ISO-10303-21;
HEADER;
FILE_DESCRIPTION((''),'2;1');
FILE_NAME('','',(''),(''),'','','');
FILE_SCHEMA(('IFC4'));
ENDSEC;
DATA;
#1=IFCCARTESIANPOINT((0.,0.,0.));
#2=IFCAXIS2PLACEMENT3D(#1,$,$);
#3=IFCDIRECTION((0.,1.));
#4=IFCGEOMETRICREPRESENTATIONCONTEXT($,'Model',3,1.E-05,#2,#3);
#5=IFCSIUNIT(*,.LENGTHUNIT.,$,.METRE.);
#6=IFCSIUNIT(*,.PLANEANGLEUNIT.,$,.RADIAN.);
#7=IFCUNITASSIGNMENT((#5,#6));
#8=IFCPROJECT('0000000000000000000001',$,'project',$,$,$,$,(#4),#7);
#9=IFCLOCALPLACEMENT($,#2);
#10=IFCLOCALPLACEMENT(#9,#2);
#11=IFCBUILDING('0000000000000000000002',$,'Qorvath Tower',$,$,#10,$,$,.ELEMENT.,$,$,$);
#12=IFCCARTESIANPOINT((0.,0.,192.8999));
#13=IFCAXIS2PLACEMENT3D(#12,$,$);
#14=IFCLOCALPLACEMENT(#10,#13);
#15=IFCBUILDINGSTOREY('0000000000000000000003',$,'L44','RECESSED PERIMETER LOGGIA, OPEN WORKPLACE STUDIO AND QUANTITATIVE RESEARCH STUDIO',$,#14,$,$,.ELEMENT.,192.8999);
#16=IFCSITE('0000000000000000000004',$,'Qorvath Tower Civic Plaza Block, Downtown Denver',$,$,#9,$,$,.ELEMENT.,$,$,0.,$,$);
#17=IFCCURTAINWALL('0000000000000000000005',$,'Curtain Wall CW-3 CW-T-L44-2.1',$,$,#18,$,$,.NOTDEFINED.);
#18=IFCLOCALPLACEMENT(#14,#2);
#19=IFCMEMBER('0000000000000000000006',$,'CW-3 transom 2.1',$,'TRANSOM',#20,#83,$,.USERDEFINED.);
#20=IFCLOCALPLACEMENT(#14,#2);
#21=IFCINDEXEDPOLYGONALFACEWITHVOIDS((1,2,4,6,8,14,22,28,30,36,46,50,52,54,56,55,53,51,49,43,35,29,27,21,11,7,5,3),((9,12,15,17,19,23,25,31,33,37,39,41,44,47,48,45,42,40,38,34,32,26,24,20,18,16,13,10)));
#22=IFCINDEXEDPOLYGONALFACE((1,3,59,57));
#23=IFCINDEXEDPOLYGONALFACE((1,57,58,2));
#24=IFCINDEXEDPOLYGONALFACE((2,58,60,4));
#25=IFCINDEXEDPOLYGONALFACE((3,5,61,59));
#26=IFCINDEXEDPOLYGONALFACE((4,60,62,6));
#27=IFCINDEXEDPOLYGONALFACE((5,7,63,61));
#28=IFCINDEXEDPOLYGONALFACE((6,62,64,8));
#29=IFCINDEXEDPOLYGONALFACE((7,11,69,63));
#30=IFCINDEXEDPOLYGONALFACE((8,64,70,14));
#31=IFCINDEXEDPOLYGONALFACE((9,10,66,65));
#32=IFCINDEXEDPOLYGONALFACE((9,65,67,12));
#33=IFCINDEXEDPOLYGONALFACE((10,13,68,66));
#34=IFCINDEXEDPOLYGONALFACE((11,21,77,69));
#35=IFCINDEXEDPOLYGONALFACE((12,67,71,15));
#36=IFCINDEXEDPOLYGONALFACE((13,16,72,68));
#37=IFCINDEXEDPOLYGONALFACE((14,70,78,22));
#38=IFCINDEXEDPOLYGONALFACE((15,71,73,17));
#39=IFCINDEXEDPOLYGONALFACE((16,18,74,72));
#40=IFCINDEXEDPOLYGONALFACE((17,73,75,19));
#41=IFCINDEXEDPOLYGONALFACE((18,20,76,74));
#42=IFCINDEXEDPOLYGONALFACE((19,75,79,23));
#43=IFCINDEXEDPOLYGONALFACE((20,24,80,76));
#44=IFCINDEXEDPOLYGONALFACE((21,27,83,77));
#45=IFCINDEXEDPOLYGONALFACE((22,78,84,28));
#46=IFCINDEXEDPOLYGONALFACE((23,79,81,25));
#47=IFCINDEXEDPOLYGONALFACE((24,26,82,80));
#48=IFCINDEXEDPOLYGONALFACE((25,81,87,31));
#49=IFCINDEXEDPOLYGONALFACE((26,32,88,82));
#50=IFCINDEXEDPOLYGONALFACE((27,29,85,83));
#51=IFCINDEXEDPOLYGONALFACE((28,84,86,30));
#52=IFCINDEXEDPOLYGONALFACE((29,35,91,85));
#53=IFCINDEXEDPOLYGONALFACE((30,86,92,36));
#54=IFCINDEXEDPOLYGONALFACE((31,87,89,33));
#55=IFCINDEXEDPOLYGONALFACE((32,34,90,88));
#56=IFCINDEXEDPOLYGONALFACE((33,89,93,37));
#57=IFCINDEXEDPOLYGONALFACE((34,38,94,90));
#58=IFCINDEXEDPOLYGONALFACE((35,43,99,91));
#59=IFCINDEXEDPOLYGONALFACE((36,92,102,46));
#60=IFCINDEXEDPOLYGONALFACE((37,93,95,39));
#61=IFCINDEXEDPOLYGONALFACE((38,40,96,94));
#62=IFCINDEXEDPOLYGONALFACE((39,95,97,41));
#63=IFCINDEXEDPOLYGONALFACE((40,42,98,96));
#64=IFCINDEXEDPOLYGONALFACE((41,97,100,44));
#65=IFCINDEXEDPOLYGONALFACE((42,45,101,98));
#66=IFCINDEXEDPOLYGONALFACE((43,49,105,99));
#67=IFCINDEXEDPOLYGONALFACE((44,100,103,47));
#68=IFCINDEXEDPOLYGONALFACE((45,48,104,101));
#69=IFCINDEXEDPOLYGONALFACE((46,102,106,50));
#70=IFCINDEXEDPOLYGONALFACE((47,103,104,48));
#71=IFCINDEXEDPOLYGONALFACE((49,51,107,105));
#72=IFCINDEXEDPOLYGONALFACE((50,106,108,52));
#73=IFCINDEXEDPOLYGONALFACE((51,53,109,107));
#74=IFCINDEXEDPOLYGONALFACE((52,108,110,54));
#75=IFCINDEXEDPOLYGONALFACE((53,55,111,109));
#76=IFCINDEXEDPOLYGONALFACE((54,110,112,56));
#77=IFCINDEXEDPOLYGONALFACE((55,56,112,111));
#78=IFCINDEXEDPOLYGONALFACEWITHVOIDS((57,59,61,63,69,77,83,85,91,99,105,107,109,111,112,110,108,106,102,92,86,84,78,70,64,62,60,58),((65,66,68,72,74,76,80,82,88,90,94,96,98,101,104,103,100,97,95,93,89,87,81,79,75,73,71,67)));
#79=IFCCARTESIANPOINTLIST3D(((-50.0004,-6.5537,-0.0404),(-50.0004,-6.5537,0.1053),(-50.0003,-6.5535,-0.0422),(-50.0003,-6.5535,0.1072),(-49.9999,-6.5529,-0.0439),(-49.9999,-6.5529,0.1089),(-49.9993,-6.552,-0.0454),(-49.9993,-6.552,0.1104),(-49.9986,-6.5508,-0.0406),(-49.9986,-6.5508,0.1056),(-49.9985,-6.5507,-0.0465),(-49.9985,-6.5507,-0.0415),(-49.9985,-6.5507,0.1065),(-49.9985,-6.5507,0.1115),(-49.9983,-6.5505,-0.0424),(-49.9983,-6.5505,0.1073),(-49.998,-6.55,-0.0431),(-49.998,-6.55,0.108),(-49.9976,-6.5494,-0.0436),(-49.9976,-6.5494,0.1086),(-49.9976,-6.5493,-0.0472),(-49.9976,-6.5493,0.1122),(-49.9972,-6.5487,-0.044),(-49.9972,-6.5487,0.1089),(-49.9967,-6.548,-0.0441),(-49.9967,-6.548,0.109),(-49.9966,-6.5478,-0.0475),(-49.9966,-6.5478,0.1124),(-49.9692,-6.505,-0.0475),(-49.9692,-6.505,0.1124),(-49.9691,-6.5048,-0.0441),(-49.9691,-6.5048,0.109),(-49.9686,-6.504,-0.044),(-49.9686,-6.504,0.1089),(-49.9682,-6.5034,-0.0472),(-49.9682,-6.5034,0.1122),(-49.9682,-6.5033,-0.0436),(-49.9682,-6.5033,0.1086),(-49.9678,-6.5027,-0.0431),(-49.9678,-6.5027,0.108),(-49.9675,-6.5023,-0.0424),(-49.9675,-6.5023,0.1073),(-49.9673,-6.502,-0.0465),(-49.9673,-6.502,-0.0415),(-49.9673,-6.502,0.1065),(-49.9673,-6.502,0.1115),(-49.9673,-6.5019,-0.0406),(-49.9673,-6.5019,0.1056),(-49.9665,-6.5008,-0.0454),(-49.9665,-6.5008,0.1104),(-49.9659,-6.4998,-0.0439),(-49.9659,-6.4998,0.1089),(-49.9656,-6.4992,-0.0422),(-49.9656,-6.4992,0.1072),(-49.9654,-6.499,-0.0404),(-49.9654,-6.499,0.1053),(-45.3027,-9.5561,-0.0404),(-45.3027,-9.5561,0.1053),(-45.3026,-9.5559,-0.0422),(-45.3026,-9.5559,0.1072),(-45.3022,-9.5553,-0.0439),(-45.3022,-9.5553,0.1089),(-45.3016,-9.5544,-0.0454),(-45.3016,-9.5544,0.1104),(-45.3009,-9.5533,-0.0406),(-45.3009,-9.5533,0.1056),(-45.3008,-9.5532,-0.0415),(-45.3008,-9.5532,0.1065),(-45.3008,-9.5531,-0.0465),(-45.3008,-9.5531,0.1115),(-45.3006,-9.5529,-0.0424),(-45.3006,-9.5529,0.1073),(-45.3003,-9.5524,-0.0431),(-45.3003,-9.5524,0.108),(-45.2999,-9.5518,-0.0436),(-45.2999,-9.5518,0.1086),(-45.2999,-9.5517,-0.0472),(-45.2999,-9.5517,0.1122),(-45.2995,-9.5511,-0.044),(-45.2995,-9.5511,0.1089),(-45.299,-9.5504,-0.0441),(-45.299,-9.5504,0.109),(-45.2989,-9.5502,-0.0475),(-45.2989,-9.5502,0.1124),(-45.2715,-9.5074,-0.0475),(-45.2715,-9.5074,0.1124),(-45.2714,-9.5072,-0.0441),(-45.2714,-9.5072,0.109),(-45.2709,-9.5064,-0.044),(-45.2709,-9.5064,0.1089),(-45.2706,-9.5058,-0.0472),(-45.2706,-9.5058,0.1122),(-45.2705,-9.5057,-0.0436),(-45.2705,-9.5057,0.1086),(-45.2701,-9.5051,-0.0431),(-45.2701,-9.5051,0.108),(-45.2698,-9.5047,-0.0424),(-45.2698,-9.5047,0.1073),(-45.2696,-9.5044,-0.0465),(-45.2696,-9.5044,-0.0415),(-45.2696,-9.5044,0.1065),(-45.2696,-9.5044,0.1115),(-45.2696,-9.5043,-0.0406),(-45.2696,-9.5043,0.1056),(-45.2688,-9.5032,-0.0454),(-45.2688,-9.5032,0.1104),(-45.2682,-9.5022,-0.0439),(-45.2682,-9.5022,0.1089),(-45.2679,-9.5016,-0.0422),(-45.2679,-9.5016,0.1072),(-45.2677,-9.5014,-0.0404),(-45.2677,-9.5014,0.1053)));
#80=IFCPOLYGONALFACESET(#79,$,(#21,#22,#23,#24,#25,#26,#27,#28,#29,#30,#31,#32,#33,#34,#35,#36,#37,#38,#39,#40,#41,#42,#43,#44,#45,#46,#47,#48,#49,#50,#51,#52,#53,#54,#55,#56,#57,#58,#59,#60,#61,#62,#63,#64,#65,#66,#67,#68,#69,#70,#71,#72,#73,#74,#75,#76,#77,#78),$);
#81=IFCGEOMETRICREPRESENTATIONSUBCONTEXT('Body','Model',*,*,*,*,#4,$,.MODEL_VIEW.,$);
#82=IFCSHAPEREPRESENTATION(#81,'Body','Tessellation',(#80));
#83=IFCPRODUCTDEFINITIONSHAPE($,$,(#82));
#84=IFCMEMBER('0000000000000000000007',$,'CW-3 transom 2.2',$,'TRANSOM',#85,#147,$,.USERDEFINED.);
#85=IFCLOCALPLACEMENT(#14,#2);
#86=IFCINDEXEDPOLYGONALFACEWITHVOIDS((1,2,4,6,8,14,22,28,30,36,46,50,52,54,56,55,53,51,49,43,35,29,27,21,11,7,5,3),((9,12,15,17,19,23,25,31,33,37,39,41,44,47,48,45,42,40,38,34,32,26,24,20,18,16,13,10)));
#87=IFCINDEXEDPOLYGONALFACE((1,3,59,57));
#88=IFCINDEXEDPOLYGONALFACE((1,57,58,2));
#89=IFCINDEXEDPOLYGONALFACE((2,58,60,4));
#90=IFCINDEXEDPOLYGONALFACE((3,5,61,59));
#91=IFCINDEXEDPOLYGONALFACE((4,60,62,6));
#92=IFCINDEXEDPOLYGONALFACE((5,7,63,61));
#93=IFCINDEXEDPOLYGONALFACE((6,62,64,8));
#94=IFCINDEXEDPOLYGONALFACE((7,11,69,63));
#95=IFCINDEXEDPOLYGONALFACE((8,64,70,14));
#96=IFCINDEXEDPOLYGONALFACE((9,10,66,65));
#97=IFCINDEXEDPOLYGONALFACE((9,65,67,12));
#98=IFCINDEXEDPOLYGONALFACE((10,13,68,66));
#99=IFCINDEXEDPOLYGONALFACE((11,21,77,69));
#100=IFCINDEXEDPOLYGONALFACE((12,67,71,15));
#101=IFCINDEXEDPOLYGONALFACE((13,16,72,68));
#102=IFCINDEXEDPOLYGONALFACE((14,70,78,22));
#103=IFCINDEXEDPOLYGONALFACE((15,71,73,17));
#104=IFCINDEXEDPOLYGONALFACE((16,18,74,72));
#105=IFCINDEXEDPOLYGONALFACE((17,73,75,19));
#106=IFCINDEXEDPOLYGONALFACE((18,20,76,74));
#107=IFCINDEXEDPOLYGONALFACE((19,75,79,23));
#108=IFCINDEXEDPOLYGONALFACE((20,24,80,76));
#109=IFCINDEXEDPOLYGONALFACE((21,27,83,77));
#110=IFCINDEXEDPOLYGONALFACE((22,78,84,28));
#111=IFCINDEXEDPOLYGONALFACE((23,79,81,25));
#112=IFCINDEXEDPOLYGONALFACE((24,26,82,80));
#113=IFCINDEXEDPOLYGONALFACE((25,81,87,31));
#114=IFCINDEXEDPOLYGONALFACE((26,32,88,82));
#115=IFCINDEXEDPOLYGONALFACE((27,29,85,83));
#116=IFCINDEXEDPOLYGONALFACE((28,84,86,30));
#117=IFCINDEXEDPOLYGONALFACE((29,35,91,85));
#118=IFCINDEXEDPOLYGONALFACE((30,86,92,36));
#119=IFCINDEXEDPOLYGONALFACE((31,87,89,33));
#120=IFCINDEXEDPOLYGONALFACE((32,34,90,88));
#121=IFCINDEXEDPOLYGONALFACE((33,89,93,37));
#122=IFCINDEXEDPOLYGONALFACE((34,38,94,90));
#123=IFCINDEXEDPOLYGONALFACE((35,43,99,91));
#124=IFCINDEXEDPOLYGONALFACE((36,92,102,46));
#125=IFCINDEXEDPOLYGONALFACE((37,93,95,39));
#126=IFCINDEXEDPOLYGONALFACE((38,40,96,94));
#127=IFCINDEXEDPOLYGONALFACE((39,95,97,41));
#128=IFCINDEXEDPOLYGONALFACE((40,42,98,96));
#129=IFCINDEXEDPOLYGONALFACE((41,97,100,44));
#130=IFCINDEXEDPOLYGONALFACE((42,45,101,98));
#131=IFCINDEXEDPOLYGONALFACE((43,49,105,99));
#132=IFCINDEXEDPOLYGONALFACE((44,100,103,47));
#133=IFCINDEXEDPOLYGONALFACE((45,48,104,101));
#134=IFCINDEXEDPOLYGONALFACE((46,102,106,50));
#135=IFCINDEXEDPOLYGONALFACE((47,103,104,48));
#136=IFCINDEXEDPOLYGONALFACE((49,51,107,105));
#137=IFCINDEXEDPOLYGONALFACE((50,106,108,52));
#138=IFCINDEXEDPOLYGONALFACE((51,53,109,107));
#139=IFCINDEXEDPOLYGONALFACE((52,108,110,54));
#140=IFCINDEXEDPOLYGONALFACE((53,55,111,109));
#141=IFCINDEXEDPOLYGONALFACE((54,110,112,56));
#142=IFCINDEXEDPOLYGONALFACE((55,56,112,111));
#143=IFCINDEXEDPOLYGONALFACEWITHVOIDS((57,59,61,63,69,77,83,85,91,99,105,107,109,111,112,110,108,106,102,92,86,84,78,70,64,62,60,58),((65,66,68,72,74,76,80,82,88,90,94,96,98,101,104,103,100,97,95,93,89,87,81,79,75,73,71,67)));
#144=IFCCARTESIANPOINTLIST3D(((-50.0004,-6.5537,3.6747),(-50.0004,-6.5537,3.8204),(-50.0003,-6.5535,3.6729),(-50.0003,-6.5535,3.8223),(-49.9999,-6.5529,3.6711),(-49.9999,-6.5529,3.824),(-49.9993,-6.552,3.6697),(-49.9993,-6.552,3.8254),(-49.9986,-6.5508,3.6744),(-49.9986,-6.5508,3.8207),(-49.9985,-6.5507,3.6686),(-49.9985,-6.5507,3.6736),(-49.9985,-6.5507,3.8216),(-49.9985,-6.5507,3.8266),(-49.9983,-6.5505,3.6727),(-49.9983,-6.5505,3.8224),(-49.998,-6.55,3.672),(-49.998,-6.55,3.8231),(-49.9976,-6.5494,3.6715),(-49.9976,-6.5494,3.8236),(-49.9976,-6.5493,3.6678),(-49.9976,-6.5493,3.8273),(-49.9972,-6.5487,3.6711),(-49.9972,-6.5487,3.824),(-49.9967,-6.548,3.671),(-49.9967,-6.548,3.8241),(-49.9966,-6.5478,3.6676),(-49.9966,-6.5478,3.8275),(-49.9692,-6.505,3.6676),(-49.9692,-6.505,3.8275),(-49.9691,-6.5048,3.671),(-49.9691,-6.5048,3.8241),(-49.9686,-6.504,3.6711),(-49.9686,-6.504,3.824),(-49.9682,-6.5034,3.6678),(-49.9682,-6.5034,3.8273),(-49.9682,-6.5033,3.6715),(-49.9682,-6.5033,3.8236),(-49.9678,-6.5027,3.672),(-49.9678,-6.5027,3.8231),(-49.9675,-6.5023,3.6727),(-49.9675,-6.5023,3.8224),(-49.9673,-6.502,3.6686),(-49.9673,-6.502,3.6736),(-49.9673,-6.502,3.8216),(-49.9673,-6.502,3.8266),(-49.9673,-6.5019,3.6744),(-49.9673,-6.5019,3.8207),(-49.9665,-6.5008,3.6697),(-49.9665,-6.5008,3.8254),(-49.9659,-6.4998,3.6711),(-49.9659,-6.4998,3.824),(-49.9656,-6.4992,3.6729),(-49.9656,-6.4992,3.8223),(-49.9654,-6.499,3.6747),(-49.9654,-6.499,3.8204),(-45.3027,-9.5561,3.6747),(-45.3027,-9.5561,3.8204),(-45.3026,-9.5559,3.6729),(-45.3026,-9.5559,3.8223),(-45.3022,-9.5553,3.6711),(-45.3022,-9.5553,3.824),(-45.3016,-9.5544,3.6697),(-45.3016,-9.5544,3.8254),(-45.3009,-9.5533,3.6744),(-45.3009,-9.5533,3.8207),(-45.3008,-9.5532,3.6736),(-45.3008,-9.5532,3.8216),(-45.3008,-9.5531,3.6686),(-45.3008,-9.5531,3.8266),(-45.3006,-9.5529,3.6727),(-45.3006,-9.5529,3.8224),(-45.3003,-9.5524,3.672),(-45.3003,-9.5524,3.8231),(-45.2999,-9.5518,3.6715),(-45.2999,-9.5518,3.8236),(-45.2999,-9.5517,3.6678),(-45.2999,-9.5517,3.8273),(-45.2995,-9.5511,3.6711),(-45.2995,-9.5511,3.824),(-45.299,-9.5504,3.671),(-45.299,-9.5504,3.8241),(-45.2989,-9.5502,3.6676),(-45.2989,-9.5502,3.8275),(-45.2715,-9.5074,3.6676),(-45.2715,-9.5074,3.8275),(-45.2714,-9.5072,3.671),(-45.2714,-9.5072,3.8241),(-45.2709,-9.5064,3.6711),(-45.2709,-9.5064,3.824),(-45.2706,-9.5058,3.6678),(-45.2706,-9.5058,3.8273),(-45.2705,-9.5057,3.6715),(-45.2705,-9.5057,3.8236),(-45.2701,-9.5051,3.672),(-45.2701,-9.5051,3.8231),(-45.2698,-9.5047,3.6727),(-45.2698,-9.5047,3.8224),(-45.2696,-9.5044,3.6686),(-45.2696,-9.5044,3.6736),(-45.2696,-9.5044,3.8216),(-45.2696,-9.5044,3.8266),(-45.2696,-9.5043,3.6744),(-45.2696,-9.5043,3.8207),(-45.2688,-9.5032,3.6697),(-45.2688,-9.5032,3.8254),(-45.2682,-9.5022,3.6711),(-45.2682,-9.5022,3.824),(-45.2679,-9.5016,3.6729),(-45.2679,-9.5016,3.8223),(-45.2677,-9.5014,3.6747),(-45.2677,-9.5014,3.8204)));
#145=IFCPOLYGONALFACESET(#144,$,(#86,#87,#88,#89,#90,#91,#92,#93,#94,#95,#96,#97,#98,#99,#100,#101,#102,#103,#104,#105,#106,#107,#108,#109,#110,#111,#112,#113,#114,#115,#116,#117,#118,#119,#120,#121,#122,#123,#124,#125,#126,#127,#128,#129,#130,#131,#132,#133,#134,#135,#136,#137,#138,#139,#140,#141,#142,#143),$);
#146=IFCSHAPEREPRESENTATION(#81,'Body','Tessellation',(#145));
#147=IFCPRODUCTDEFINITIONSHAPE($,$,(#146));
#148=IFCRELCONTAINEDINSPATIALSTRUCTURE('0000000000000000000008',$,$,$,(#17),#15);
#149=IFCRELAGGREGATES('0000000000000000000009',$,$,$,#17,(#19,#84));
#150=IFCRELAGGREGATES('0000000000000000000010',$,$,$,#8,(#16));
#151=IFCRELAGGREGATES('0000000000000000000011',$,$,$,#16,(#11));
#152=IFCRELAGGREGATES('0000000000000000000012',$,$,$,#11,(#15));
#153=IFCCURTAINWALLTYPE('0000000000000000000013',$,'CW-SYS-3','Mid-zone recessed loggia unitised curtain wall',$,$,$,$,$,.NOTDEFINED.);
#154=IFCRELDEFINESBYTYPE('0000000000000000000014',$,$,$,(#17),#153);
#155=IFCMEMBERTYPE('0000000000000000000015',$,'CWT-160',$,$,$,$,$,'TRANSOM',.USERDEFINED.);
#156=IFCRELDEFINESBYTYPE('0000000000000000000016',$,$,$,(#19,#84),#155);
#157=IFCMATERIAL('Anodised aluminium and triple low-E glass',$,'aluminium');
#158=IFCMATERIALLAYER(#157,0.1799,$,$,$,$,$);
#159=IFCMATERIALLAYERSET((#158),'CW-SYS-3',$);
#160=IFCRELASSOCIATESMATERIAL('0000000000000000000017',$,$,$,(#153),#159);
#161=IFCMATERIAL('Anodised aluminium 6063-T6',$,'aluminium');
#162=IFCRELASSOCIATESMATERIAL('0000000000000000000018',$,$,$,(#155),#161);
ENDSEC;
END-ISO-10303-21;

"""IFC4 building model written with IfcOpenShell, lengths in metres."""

from ifc_helpers import new_model, si_unit, direction, frame, origin, origin_2d, place, context, subcontext, project, spatial, hollow_rectangle, extrude, material, layer, layer_set, material_profile, profile_set, type_object, element, aggregate, save


model = new_model("IFC4")

# Units and contexts
model_context = context("Model", 3, precision=1e-05, world=origin(), true_north=direction((0.0, 1.0)))
body_context = subcontext(model_context, "Body", "Model", "MODEL_VIEW")
ifc_project = project(units=[si_unit("LENGTHUNIT", "METRE"), si_unit("PLANEANGLEUNIT", "RADIAN")], contexts=[model_context])

# Site, building, storey
site_placement = place(None, origin())
site = spatial("IfcSite", under=ifc_project, at=site_placement, Name="Qorvath Tower Civic Plaza Block, Downtown Denver", CompositionType="ELEMENT", RefElevation=0.0)
building_placement = place(site_placement, origin())
building = spatial("IfcBuilding", under=site, at=building_placement, Name="Qorvath Tower", CompositionType="ELEMENT")
storey_placement = place(building_placement, frame((0.0, 0.0, 192.8999)))
storey = spatial("IfcBuildingStorey", under=building, at=storey_placement, Name="L44", Description="RECESSED PERIMETER LOGGIA, OPEN WORKPLACE STUDIO AND QUANTITATIVE RESEARCH STUDIO", CompositionType="ELEMENT", Elevation=192.8999)

# Curtain wall, members
ifc_material_1 = material(Name="Anodised aluminium and triple low-E glass", Category="aluminium")
ifc_layer_1 = layer(ifc_material_1, 0.1799)
ifc_layer_set_1 = layer_set([ifc_layer_1], Name="CW-SYS-3")
curtain_wall_type = type_object("IfcCurtainWallType", Name="CW-SYS-3", Description="Mid-zone recessed loggia unitised curtain wall", PredefinedType="NOTDEFINED", material=ifc_layer_set_1)
curtain_wall_placement = place(storey_placement, origin())
curtain_wall = element("IfcCurtainWall", 1, at=curtain_wall_placement, inside=storey, type_object=curtain_wall_type, Name="Curtain Wall CW-3 CW-T-L44-2.1", PredefinedType="NOTDEFINED")
ifc_material_2 = material(Name="Anodised aluminium 6063-T6", Category="aluminium")
ifc_material_profile_1 = material_profile(ifc_material_2, hollow_rectangle(XDim=0.0649, YDim=0.1599, WallThickness=0.0034, InnerFilletRadius=0.0034, OuterFilletRadius=0.0071, at=origin_2d()), Name="CWT 160x65")
ifc_profile_set_1 = profile_set([ifc_material_profile_1], Name="Anodised aluminium 6063-T6")
member_type_1 = type_object("IfcMemberType", Name="CWT-160", ElementType="TRANSOM", PredefinedType="USERDEFINED", material=ifc_profile_set_1)
member_1_placement = place(storey_placement, frame((-49.9829, -6.5264, 0.0325), z_axis=(0.842607, -0.538529, 0.0), x_axis=(0.538529, 0.842607, 0.0)))
member_1 = element("IfcMember", 2, at=member_1_placement, type_object=member_type_1, Name="CW-3 transom 2.1", ObjectType="TRANSOM", PredefinedType="USERDEFINED", context=body_context, shape_type="SweptSolid", body=[
    extrude(hollow_rectangle(XDim=0.0649, YDim=0.1599, WallThickness=0.0034, InnerFilletRadius=0.0034, OuterFilletRadius=0.0071, at=origin_2d()), origin(), (0.0, 0.0, 1.0), 5.5752),
])
member_2_placement = place(storey_placement, frame((-49.9829, -6.5264, 3.7476), z_axis=(0.842607, -0.538529, 0.0), x_axis=(0.538529, 0.842607, 0.0)))
member_2 = element("IfcMember", 3, at=member_2_placement, type_object=member_type_1, Name="CW-3 transom 2.2", ObjectType="TRANSOM", PredefinedType="USERDEFINED", context=body_context, shape_type="SweptSolid", body=[
    extrude(hollow_rectangle(XDim=0.0649, YDim=0.1599, WallThickness=0.0034, InnerFilletRadius=0.0034, OuterFilletRadius=0.0071, at=origin_2d()), origin(), (0.0, 0.0, 1.0), 5.5752),
])
aggregate(curtain_wall, [member_1, member_2])

save(model, "model.ifc")
